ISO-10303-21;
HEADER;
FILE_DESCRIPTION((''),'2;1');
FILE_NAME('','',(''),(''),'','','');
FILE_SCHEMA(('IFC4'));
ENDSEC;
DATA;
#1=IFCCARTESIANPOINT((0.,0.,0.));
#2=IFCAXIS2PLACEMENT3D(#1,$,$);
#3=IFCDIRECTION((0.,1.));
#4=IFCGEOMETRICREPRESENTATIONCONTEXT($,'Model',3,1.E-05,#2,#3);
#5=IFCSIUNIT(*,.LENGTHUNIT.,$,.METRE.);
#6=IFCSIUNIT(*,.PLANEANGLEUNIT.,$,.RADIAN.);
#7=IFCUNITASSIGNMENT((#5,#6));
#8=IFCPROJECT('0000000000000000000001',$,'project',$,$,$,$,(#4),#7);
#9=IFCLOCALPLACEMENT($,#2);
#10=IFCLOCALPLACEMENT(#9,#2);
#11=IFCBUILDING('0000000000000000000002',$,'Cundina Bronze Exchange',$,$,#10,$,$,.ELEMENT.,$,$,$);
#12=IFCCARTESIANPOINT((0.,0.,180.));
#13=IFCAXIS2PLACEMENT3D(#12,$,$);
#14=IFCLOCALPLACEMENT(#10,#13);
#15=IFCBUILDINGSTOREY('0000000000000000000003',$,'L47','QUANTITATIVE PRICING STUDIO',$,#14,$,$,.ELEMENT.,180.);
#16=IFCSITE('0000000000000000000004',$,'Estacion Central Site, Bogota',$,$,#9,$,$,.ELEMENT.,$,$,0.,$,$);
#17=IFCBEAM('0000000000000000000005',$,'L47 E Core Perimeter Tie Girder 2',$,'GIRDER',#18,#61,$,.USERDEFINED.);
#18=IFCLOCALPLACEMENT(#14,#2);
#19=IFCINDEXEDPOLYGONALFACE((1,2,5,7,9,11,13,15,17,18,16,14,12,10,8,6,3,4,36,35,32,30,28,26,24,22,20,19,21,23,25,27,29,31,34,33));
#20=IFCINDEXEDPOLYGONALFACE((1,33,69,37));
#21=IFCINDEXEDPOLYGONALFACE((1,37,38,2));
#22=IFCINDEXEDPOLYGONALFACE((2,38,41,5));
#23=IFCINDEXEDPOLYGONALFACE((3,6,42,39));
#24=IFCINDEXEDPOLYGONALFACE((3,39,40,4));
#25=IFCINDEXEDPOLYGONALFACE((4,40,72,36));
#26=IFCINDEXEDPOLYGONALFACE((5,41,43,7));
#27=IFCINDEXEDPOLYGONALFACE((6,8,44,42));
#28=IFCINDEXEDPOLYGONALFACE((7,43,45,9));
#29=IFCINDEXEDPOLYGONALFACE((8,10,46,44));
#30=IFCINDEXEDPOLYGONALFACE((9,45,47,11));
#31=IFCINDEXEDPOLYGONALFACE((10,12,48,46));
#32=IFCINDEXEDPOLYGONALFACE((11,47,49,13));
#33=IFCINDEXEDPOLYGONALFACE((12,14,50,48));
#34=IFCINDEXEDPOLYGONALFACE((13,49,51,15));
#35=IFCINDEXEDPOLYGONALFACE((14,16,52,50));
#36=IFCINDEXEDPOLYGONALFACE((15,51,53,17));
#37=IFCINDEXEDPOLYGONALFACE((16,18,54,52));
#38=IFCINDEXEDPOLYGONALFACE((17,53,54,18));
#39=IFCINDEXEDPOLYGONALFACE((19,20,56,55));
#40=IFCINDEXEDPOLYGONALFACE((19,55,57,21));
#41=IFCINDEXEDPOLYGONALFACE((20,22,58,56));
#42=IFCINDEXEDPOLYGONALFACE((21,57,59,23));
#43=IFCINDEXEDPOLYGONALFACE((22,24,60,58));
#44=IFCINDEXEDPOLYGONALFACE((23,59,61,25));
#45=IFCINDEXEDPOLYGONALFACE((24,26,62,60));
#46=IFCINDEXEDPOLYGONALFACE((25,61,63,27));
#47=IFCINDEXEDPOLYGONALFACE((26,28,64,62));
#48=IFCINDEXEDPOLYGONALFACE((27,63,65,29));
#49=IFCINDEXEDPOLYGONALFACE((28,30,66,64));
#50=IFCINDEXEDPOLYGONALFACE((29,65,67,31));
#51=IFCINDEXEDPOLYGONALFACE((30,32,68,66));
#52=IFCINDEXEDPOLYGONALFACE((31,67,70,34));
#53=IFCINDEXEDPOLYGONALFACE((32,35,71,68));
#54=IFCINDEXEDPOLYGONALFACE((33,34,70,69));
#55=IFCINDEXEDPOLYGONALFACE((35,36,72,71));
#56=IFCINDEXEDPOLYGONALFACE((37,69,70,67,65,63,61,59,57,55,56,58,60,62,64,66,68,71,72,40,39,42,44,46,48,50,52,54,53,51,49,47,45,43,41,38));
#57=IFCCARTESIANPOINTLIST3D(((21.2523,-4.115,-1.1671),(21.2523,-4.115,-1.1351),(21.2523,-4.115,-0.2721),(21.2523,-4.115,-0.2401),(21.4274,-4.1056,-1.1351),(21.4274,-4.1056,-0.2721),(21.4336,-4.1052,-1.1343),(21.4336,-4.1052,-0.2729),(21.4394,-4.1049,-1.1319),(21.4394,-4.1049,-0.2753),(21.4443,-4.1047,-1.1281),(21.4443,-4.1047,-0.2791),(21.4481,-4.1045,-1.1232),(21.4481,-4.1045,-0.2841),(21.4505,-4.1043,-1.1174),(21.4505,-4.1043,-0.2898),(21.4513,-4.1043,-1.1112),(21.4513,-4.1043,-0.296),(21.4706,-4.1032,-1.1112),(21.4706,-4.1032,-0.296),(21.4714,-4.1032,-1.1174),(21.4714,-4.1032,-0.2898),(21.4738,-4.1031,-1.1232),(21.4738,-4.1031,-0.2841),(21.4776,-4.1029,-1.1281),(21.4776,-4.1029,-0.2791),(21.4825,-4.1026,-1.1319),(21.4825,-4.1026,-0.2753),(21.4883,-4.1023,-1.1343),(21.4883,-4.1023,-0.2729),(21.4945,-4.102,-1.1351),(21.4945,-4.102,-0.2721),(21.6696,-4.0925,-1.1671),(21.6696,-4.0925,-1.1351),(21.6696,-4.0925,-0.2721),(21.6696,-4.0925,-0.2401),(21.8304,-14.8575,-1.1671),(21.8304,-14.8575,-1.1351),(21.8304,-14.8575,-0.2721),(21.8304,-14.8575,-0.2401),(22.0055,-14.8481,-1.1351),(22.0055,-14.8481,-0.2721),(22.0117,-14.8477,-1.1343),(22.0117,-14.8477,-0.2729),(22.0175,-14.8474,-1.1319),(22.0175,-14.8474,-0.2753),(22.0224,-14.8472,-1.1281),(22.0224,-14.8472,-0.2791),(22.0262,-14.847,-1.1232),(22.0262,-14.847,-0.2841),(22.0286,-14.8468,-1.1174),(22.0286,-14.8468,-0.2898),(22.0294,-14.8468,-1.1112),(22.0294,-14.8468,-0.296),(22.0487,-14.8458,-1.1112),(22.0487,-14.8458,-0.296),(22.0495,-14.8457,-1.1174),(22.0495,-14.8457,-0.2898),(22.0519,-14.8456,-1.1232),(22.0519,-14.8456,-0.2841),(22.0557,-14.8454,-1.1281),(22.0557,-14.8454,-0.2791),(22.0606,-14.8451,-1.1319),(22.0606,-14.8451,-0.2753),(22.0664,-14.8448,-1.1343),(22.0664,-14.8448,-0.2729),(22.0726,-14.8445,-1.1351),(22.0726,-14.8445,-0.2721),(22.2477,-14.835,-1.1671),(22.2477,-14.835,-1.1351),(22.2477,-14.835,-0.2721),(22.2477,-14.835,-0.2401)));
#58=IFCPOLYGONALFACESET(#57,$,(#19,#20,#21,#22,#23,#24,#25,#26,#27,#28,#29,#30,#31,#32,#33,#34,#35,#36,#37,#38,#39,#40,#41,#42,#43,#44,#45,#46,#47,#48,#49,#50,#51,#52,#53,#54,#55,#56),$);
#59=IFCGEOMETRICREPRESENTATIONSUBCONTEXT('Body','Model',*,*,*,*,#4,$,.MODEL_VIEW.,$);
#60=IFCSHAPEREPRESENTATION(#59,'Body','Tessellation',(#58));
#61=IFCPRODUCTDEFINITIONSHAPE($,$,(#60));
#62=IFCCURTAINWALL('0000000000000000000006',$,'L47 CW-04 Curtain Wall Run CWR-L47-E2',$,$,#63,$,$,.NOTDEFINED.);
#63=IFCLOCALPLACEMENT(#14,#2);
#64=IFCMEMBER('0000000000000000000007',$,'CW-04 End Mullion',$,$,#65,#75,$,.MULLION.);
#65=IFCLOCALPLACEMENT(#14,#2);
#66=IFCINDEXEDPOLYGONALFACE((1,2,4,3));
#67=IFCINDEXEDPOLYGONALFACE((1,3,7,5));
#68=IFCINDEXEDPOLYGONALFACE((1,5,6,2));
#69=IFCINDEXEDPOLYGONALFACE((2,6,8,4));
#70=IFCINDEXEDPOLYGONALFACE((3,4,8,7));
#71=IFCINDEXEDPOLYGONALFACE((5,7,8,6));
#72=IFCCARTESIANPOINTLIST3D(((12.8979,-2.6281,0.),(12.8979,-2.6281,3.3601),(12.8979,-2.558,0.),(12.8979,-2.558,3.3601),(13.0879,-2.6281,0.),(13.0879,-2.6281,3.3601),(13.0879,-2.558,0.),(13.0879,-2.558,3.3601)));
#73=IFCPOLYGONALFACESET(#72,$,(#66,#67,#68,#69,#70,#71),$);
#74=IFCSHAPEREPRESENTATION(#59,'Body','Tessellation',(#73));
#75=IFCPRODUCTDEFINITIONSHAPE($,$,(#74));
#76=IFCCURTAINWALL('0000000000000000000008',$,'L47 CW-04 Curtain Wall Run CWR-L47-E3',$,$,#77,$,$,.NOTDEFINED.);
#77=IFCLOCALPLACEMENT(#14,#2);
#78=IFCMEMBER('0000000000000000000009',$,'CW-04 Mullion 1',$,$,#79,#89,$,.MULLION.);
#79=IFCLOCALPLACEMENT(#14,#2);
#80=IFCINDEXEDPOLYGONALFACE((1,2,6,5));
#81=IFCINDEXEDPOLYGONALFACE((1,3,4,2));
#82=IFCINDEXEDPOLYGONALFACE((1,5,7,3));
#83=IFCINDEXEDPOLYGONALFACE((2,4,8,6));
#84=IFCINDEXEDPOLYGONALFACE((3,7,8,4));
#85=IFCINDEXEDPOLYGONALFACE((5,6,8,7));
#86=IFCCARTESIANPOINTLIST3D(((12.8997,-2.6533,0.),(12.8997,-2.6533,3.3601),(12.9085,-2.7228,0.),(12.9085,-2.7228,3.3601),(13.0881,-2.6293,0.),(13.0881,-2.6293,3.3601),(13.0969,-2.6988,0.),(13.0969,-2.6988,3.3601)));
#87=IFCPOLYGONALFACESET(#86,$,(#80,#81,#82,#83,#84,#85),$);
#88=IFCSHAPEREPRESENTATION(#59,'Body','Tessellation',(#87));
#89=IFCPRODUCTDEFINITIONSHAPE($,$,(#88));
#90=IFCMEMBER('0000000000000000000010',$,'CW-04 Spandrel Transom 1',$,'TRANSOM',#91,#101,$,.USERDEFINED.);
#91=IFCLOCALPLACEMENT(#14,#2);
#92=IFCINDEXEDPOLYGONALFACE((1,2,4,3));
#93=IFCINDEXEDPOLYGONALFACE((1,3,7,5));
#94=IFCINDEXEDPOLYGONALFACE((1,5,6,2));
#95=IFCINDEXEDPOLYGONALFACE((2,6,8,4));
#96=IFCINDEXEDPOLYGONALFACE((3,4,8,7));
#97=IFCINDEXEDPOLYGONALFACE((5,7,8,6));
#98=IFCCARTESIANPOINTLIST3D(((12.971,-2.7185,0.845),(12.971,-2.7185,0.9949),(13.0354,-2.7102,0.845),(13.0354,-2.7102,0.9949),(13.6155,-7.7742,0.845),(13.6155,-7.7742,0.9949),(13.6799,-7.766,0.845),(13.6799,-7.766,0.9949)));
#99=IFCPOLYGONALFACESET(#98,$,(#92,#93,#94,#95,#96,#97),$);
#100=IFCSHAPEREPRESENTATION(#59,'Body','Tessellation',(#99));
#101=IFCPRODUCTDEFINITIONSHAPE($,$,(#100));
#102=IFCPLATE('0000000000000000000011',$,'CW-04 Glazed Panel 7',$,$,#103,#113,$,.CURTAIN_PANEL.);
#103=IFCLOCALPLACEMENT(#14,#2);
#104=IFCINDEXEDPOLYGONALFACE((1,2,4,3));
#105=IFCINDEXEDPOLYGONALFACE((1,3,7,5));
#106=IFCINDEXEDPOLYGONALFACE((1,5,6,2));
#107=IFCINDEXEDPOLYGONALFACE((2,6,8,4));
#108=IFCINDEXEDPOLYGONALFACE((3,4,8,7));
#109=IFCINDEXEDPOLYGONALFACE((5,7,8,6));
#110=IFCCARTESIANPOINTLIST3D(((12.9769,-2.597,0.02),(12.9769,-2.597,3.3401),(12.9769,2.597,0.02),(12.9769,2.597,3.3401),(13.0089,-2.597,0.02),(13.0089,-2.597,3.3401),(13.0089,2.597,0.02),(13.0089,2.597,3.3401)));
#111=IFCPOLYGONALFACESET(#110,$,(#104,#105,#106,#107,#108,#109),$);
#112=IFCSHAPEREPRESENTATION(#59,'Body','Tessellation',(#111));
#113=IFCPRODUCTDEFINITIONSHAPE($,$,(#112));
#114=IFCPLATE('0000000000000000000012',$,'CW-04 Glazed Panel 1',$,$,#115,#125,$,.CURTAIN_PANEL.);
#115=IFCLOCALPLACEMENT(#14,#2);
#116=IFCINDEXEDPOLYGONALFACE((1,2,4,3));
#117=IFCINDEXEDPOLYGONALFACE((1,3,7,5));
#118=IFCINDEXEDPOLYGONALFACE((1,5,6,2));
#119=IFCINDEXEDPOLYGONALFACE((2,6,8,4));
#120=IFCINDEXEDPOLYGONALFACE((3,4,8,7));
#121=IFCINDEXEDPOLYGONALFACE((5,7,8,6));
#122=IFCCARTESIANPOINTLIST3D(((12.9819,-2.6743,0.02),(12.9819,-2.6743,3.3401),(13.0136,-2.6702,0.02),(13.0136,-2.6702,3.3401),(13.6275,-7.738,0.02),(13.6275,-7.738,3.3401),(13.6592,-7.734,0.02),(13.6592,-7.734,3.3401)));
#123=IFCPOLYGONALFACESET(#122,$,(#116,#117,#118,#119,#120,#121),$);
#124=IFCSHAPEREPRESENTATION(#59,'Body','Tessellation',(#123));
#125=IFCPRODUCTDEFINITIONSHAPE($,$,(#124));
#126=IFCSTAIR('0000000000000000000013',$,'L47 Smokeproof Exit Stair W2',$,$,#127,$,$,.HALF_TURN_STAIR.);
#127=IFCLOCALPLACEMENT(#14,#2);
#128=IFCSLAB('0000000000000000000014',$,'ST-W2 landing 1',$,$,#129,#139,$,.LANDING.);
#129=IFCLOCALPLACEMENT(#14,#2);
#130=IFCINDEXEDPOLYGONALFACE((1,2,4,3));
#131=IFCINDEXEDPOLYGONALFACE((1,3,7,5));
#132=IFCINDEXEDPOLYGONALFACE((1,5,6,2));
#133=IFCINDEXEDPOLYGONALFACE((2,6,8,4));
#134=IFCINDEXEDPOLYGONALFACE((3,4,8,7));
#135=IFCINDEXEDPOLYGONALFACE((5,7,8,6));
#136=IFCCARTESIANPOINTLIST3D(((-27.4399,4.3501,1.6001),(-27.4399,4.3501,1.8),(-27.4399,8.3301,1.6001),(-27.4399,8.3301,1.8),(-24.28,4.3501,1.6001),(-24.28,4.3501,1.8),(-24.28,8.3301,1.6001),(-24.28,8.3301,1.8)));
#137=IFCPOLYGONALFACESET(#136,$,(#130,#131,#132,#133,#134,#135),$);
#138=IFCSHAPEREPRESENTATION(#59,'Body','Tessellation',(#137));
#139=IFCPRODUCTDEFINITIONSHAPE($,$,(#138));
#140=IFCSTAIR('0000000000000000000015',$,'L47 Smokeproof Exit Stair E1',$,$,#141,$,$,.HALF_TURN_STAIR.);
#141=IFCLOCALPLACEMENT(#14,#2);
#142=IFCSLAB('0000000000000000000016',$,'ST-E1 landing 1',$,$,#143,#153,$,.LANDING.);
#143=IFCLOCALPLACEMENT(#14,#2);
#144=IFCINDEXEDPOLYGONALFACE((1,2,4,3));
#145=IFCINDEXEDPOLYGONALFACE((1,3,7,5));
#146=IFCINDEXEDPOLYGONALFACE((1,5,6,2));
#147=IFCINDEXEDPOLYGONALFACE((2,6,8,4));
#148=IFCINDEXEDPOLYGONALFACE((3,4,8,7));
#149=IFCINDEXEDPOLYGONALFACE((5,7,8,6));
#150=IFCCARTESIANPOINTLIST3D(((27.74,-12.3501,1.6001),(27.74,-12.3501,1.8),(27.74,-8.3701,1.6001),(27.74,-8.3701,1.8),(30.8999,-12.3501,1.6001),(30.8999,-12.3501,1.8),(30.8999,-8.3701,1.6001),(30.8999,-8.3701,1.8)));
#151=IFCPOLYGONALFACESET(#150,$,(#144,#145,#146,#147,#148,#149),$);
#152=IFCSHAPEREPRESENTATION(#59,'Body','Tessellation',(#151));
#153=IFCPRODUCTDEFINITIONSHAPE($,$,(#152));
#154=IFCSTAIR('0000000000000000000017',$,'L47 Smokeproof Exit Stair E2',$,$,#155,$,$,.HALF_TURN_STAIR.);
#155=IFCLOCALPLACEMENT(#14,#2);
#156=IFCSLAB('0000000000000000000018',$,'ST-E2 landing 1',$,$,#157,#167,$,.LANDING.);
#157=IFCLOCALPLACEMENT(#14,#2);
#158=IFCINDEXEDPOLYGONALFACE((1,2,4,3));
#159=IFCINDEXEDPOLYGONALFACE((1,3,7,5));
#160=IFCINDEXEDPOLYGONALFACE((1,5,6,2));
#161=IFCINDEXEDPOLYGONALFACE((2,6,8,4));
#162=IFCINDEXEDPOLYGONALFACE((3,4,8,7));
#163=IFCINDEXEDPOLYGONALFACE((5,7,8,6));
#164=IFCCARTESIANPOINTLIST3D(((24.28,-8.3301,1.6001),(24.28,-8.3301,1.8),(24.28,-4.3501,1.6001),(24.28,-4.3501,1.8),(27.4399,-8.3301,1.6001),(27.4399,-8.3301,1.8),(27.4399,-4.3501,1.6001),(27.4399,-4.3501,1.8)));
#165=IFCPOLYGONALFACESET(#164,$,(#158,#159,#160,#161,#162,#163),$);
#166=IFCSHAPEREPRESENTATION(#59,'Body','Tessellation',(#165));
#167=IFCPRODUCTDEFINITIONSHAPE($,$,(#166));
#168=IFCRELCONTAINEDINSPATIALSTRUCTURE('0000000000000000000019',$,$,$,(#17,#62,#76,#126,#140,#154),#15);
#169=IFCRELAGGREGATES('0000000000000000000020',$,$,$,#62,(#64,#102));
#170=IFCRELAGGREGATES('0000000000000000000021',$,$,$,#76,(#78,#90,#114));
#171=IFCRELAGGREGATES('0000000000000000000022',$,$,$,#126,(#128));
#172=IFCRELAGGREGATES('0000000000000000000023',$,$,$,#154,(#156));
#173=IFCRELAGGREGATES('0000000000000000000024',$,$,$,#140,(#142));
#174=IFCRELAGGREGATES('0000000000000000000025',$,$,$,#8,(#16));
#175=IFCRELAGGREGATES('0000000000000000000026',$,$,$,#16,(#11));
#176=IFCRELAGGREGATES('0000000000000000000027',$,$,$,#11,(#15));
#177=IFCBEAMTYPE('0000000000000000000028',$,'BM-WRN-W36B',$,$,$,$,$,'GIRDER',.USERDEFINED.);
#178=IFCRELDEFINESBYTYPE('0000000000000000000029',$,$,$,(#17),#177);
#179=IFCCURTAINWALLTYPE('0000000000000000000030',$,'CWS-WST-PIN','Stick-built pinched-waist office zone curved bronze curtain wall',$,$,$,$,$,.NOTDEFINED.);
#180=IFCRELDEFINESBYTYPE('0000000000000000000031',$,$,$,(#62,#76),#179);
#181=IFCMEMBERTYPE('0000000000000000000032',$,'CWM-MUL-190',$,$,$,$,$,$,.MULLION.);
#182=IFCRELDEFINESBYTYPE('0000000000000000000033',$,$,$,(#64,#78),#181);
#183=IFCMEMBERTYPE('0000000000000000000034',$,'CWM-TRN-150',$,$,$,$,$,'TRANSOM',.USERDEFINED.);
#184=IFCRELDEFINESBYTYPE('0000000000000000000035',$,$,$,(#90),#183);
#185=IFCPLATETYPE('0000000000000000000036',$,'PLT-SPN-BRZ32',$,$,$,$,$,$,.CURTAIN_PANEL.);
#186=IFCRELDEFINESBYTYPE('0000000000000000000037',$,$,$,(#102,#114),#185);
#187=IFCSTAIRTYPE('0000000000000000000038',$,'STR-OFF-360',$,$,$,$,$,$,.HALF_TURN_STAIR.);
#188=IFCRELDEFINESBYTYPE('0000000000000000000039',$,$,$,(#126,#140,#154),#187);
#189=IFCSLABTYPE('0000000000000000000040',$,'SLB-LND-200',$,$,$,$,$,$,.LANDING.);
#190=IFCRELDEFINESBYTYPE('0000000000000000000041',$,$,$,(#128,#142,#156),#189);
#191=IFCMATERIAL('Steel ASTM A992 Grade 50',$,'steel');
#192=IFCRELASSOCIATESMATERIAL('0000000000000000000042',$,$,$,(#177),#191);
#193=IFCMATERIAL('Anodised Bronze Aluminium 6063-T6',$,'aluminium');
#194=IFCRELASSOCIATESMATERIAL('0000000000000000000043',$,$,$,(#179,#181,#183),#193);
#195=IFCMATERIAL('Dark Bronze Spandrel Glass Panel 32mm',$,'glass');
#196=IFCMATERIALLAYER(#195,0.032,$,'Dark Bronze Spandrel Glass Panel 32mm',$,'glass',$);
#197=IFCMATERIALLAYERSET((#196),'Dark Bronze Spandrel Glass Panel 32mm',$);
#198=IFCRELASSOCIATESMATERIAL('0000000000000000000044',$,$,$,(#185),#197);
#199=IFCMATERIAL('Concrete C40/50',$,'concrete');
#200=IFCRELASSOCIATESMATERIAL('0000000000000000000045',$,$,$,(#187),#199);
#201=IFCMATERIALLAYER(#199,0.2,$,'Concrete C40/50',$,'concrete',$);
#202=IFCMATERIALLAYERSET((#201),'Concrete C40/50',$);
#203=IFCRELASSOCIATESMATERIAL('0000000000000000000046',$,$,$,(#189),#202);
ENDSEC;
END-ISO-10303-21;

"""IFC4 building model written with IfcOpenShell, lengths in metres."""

from ifc_helpers import new_model, si_unit, direction, frame, origin, origin_2d, place, context, subcontext, project, spatial, polyline, rectangle, i_section, outline, extrude, material, layer, layer_set, material_profile, profile_set, type_object, element, aggregate, save


model = new_model("IFC4")

# Units and contexts
model_context = context("Model", 3, precision=1e-05, world=origin(), true_north=direction((0.0, 1.0)))
body_context = subcontext(model_context, "Body", "Model", "MODEL_VIEW")
ifc_project = project(units=[si_unit("LENGTHUNIT", "METRE"), si_unit("PLANEANGLEUNIT", "RADIAN")], contexts=[model_context])

# Site, building, storey
site_placement = place(None, origin())
site = spatial("IfcSite", under=ifc_project, at=site_placement, Name="Estacion Central Site, Bogota", CompositionType="ELEMENT", RefElevation=0.0)
building_placement = place(site_placement, origin())
building = spatial("IfcBuilding", under=site, at=building_placement, Name="Cundina Bronze Exchange", CompositionType="ELEMENT")
storey_placement = place(building_placement, frame((0.0, 0.0, 180.0)))
storey = spatial("IfcBuildingStorey", under=building, at=storey_placement, Name="L47", Description="QUANTITATIVE PRICING STUDIO", CompositionType="ELEMENT", Elevation=180.0)

# Shared definitions
ifc_material_1 = material(Name="Steel ASTM A992 Grade 50", Category="steel")

# Beam
ifc_material_profile_1 = material_profile(ifc_material_1, i_section(OverallWidth=0.418, OverallDepth=0.927, WebThickness=0.0193, FlangeThickness=0.032, FilletRadius=0.0239, at=origin_2d()), Name="W36X231", Category="steel")
ifc_profile_set_1 = profile_set([ifc_material_profile_1], Name="Steel ASTM A992 Grade 50")
beam_type_1 = type_object("IfcBeamType", Name="BM-WRN-W36B", ElementType="GIRDER", PredefinedType="USERDEFINED", material=ifc_profile_set_1)
beam_1_placement = place(storey_placement, frame((21.4609, -4.1038, -0.7036), z_axis=(0.053739, -0.998555, 0.0), x_axis=(0.998555, 0.053739, 0.0)))
element("IfcBeam", 1, at=beam_1_placement, inside=storey, type_object=beam_type_1, Name="L47 E Core Perimeter Tie Girder 2", ObjectType="GIRDER", PredefinedType="USERDEFINED", context=body_context, shape_type="SweptSolid", body=[
    extrude(i_section(OverallWidth=0.418, OverallDepth=0.927, WebThickness=0.0193, FlangeThickness=0.032, FilletRadius=0.0239, at=origin_2d()), origin(), (0.0, 0.0, 1.0), 10.7581),
])

# Curtain wall, member
ifc_material_2 = material(Name="Anodised Bronze Aluminium 6063-T6", Category="aluminium")
curtain_wall_type = type_object("IfcCurtainWallType", Name="CWS-WST-PIN", Description="Stick-built pinched-waist office zone curved bronze curtain wall", PredefinedType="NOTDEFINED", material=ifc_material_2)
curtain_wall_1_placement = place(storey_placement, origin())
curtain_wall_1 = element("IfcCurtainWall", 2, at=curtain_wall_1_placement, inside=storey, type_object=curtain_wall_type, Name="L47 CW-04 Curtain Wall Run CWR-L47-E2", PredefinedType="NOTDEFINED")
ifc_material_profile_2 = material_profile(ifc_material_2, rectangle(XDim=0.0701, YDim=0.1899, at=origin_2d()), Name="AL70X190", Category="aluminium")
ifc_profile_set_2 = profile_set([ifc_material_profile_2], Name="Anodised Bronze Aluminium 6063-T6")
member_type_1 = type_object("IfcMemberType", Name="CWM-MUL-190", PredefinedType="MULLION", material=ifc_profile_set_2)
member_1_placement = place(storey_placement, frame((12.9929, -2.593, 0.0), z_axis=(0.0, 0.0, 1.0), x_axis=(0.0, -1.0, 0.0)))
member_1 = element("IfcMember", 3, at=member_1_placement, type_object=member_type_1, Name="CW-04 End Mullion", PredefinedType="MULLION", context=body_context, shape_type="SweptSolid", body=[
    extrude(rectangle(XDim=0.0701, YDim=0.1899, at=origin_2d()), origin(), (0.0, 0.0, 1.0), 3.3601),
])

# Curtain wall, members
curtain_wall_2_placement = place(storey_placement, origin())
curtain_wall_2 = element("IfcCurtainWall", 4, at=curtain_wall_2_placement, inside=storey, type_object=curtain_wall_type, Name="L47 CW-04 Curtain Wall Run CWR-L47-E3", PredefinedType="NOTDEFINED")
member_2_placement = place(storey_placement, frame((12.9983, -2.676, 0.0), z_axis=(0.0, 0.0, 1.0), x_axis=(0.126545, -0.991961, 0.0)))
member_2 = element("IfcMember", 5, at=member_2_placement, type_object=member_type_1, Name="CW-04 Mullion 1", PredefinedType="MULLION", context=body_context, shape_type="SweptSolid", body=[
    extrude(rectangle(XDim=0.0701, YDim=0.1899, at=origin_2d()), origin(), (0.0, 0.0, 1.0), 3.3601),
])
ifc_material_profile_3 = material_profile(ifc_material_2, rectangle(XDim=0.0649, YDim=0.1499, at=origin_2d()), Name="AL65X150", Category="aluminium")
ifc_profile_set_3 = profile_set([ifc_material_profile_3], Name="Anodised Bronze Aluminium 6063-T6")
member_type_2 = type_object("IfcMemberType", Name="CWM-TRN-150", ElementType="TRANSOM", PredefinedType="USERDEFINED", material=ifc_profile_set_3)
member_3_placement = place(storey_placement, frame((13.0032, -2.7144, 0.9199), z_axis=(0.126463, -0.991971, 0.0), x_axis=(0.991971, 0.126463, 0.0)))
member_3 = element("IfcMember", 6, at=member_3_placement, type_object=member_type_2, Name="CW-04 Spandrel Transom 1", ObjectType="TRANSOM", PredefinedType="USERDEFINED", context=body_context, shape_type="SweptSolid", body=[
    extrude(rectangle(XDim=0.0649, YDim=0.1499, at=origin_2d()), origin(), (0.0, 0.0, 1.0), 5.0967),
])

# Plates
ifc_material_3 = material(Name="Dark Bronze Spandrel Glass Panel 32mm", Category="glass")
ifc_layer_1 = layer(ifc_material_3, 0.032, Name="Dark Bronze Spandrel Glass Panel 32mm", Category="glass")
ifc_layer_set_1 = layer_set([ifc_layer_1], Name="Dark Bronze Spandrel Glass Panel 32mm")
plate_type = type_object("IfcPlateType", Name="PLT-SPN-BRZ32", PredefinedType="CURTAIN_PANEL", material=ifc_layer_set_1)
plate_1_placement = place(storey_placement, frame((12.9929, 0.0, 0.02), z_axis=(0.0, 0.0, 1.0), x_axis=(0.0, -1.0, 0.0)))
plate_1 = element("IfcPlate", 7, at=plate_1_placement, type_object=plate_type, Name="CW-04 Glazed Panel 7", PredefinedType="CURTAIN_PANEL", context=body_context, shape_type="SweptSolid", body=[
    extrude(rectangle(XDim=5.1941, YDim=0.032, at=origin_2d()), origin(), (0.0, 0.0, 1.0), 3.3201),
])
aggregate(curtain_wall_1, [member_1, plate_1])
plate_2_placement = place(storey_placement, frame((13.3206, -5.2041, 0.02), z_axis=(0.0, 0.0, 1.0), x_axis=(0.126476, -0.99197, 0.0)))
plate_2 = element("IfcPlate", 8, at=plate_2_placement, type_object=plate_type, Name="CW-04 Glazed Panel 1", PredefinedType="CURTAIN_PANEL", context=body_context, shape_type="SweptSolid", body=[
    extrude(rectangle(XDim=5.1047, YDim=0.032, at=origin_2d()), origin(), (0.0, 0.0, 1.0), 3.3201),
])
aggregate(curtain_wall_2, [member_2, member_3, plate_2])

# Stairs, slabs
ifc_material_4 = material(Name="Concrete C40/50", Category="concrete")
stair_type = type_object("IfcStairType", Name="STR-OFF-360", PredefinedType="HALF_TURN_STAIR", material=ifc_material_4)
stair_1_placement = place(storey_placement, origin())
stair_1 = element("IfcStair", 9, at=stair_1_placement, inside=storey, type_object=stair_type, Name="L47 Smokeproof Exit Stair W2", PredefinedType="HALF_TURN_STAIR")
ifc_layer_2 = layer(ifc_material_4, 0.2, Name="Concrete C40/50", Category="concrete")
ifc_layer_set_2 = layer_set([ifc_layer_2], Name="Concrete C40/50")
slab_type = type_object("IfcSlabType", Name="SLB-LND-200", PredefinedType="LANDING", material=ifc_layer_set_2)
slab_1_placement = place(storey_placement, frame((0.0, 0.0, 1.6001)))
slab_1 = element("IfcSlab", 10, at=slab_1_placement, type_object=slab_type, Name="ST-W2 landing 1", PredefinedType="LANDING", context=body_context, shape_type="SweptSolid", body=[
    extrude(outline(polyline([(-27.4399, 8.3301), (-27.4399, 4.3501), (-24.28, 4.3501), (-24.28, 8.3301), (-27.4399, 8.3301)])), origin(), (0.0, 0.0, 1.0), 0.2),
])
aggregate(stair_1, [slab_1])
stair_2_placement = place(storey_placement, origin())
stair_2 = element("IfcStair", 11, at=stair_2_placement, inside=storey, type_object=stair_type, Name="L47 Smokeproof Exit Stair E1", PredefinedType="HALF_TURN_STAIR")
slab_2_placement = place(storey_placement, frame((0.0, 0.0, 1.6001)))
slab_2 = element("IfcSlab", 12, at=slab_2_placement, type_object=slab_type, Name="ST-E1 landing 1", PredefinedType="LANDING", context=body_context, shape_type="SweptSolid", body=[
    extrude(outline(polyline([(27.74, -8.3701), (27.74, -12.3501), (30.8999, -12.3501), (30.8999, -8.3701), (27.74, -8.3701)])), origin(), (0.0, 0.0, 1.0), 0.2),
])
stair_3_placement = place(storey_placement, origin())
stair_3 = element("IfcStair", 13, at=stair_3_placement, inside=storey, type_object=stair_type, Name="L47 Smokeproof Exit Stair E2", PredefinedType="HALF_TURN_STAIR")
slab_3_placement = place(storey_placement, frame((0.0, 0.0, 1.6001)))
slab_3 = element("IfcSlab", 14, at=slab_3_placement, type_object=slab_type, Name="ST-E2 landing 1", PredefinedType="LANDING", context=body_context, shape_type="SweptSolid", body=[
    extrude(outline(polyline([(27.4399, -8.3301), (27.4399, -4.3501), (24.28, -4.3501), (24.28, -8.3301), (27.4399, -8.3301)])), origin(), (0.0, 0.0, 1.0), 0.2),
])
aggregate(stair_3, [slab_3])

aggregate(stair_2, [slab_2])

save(model, "model.ifc")
